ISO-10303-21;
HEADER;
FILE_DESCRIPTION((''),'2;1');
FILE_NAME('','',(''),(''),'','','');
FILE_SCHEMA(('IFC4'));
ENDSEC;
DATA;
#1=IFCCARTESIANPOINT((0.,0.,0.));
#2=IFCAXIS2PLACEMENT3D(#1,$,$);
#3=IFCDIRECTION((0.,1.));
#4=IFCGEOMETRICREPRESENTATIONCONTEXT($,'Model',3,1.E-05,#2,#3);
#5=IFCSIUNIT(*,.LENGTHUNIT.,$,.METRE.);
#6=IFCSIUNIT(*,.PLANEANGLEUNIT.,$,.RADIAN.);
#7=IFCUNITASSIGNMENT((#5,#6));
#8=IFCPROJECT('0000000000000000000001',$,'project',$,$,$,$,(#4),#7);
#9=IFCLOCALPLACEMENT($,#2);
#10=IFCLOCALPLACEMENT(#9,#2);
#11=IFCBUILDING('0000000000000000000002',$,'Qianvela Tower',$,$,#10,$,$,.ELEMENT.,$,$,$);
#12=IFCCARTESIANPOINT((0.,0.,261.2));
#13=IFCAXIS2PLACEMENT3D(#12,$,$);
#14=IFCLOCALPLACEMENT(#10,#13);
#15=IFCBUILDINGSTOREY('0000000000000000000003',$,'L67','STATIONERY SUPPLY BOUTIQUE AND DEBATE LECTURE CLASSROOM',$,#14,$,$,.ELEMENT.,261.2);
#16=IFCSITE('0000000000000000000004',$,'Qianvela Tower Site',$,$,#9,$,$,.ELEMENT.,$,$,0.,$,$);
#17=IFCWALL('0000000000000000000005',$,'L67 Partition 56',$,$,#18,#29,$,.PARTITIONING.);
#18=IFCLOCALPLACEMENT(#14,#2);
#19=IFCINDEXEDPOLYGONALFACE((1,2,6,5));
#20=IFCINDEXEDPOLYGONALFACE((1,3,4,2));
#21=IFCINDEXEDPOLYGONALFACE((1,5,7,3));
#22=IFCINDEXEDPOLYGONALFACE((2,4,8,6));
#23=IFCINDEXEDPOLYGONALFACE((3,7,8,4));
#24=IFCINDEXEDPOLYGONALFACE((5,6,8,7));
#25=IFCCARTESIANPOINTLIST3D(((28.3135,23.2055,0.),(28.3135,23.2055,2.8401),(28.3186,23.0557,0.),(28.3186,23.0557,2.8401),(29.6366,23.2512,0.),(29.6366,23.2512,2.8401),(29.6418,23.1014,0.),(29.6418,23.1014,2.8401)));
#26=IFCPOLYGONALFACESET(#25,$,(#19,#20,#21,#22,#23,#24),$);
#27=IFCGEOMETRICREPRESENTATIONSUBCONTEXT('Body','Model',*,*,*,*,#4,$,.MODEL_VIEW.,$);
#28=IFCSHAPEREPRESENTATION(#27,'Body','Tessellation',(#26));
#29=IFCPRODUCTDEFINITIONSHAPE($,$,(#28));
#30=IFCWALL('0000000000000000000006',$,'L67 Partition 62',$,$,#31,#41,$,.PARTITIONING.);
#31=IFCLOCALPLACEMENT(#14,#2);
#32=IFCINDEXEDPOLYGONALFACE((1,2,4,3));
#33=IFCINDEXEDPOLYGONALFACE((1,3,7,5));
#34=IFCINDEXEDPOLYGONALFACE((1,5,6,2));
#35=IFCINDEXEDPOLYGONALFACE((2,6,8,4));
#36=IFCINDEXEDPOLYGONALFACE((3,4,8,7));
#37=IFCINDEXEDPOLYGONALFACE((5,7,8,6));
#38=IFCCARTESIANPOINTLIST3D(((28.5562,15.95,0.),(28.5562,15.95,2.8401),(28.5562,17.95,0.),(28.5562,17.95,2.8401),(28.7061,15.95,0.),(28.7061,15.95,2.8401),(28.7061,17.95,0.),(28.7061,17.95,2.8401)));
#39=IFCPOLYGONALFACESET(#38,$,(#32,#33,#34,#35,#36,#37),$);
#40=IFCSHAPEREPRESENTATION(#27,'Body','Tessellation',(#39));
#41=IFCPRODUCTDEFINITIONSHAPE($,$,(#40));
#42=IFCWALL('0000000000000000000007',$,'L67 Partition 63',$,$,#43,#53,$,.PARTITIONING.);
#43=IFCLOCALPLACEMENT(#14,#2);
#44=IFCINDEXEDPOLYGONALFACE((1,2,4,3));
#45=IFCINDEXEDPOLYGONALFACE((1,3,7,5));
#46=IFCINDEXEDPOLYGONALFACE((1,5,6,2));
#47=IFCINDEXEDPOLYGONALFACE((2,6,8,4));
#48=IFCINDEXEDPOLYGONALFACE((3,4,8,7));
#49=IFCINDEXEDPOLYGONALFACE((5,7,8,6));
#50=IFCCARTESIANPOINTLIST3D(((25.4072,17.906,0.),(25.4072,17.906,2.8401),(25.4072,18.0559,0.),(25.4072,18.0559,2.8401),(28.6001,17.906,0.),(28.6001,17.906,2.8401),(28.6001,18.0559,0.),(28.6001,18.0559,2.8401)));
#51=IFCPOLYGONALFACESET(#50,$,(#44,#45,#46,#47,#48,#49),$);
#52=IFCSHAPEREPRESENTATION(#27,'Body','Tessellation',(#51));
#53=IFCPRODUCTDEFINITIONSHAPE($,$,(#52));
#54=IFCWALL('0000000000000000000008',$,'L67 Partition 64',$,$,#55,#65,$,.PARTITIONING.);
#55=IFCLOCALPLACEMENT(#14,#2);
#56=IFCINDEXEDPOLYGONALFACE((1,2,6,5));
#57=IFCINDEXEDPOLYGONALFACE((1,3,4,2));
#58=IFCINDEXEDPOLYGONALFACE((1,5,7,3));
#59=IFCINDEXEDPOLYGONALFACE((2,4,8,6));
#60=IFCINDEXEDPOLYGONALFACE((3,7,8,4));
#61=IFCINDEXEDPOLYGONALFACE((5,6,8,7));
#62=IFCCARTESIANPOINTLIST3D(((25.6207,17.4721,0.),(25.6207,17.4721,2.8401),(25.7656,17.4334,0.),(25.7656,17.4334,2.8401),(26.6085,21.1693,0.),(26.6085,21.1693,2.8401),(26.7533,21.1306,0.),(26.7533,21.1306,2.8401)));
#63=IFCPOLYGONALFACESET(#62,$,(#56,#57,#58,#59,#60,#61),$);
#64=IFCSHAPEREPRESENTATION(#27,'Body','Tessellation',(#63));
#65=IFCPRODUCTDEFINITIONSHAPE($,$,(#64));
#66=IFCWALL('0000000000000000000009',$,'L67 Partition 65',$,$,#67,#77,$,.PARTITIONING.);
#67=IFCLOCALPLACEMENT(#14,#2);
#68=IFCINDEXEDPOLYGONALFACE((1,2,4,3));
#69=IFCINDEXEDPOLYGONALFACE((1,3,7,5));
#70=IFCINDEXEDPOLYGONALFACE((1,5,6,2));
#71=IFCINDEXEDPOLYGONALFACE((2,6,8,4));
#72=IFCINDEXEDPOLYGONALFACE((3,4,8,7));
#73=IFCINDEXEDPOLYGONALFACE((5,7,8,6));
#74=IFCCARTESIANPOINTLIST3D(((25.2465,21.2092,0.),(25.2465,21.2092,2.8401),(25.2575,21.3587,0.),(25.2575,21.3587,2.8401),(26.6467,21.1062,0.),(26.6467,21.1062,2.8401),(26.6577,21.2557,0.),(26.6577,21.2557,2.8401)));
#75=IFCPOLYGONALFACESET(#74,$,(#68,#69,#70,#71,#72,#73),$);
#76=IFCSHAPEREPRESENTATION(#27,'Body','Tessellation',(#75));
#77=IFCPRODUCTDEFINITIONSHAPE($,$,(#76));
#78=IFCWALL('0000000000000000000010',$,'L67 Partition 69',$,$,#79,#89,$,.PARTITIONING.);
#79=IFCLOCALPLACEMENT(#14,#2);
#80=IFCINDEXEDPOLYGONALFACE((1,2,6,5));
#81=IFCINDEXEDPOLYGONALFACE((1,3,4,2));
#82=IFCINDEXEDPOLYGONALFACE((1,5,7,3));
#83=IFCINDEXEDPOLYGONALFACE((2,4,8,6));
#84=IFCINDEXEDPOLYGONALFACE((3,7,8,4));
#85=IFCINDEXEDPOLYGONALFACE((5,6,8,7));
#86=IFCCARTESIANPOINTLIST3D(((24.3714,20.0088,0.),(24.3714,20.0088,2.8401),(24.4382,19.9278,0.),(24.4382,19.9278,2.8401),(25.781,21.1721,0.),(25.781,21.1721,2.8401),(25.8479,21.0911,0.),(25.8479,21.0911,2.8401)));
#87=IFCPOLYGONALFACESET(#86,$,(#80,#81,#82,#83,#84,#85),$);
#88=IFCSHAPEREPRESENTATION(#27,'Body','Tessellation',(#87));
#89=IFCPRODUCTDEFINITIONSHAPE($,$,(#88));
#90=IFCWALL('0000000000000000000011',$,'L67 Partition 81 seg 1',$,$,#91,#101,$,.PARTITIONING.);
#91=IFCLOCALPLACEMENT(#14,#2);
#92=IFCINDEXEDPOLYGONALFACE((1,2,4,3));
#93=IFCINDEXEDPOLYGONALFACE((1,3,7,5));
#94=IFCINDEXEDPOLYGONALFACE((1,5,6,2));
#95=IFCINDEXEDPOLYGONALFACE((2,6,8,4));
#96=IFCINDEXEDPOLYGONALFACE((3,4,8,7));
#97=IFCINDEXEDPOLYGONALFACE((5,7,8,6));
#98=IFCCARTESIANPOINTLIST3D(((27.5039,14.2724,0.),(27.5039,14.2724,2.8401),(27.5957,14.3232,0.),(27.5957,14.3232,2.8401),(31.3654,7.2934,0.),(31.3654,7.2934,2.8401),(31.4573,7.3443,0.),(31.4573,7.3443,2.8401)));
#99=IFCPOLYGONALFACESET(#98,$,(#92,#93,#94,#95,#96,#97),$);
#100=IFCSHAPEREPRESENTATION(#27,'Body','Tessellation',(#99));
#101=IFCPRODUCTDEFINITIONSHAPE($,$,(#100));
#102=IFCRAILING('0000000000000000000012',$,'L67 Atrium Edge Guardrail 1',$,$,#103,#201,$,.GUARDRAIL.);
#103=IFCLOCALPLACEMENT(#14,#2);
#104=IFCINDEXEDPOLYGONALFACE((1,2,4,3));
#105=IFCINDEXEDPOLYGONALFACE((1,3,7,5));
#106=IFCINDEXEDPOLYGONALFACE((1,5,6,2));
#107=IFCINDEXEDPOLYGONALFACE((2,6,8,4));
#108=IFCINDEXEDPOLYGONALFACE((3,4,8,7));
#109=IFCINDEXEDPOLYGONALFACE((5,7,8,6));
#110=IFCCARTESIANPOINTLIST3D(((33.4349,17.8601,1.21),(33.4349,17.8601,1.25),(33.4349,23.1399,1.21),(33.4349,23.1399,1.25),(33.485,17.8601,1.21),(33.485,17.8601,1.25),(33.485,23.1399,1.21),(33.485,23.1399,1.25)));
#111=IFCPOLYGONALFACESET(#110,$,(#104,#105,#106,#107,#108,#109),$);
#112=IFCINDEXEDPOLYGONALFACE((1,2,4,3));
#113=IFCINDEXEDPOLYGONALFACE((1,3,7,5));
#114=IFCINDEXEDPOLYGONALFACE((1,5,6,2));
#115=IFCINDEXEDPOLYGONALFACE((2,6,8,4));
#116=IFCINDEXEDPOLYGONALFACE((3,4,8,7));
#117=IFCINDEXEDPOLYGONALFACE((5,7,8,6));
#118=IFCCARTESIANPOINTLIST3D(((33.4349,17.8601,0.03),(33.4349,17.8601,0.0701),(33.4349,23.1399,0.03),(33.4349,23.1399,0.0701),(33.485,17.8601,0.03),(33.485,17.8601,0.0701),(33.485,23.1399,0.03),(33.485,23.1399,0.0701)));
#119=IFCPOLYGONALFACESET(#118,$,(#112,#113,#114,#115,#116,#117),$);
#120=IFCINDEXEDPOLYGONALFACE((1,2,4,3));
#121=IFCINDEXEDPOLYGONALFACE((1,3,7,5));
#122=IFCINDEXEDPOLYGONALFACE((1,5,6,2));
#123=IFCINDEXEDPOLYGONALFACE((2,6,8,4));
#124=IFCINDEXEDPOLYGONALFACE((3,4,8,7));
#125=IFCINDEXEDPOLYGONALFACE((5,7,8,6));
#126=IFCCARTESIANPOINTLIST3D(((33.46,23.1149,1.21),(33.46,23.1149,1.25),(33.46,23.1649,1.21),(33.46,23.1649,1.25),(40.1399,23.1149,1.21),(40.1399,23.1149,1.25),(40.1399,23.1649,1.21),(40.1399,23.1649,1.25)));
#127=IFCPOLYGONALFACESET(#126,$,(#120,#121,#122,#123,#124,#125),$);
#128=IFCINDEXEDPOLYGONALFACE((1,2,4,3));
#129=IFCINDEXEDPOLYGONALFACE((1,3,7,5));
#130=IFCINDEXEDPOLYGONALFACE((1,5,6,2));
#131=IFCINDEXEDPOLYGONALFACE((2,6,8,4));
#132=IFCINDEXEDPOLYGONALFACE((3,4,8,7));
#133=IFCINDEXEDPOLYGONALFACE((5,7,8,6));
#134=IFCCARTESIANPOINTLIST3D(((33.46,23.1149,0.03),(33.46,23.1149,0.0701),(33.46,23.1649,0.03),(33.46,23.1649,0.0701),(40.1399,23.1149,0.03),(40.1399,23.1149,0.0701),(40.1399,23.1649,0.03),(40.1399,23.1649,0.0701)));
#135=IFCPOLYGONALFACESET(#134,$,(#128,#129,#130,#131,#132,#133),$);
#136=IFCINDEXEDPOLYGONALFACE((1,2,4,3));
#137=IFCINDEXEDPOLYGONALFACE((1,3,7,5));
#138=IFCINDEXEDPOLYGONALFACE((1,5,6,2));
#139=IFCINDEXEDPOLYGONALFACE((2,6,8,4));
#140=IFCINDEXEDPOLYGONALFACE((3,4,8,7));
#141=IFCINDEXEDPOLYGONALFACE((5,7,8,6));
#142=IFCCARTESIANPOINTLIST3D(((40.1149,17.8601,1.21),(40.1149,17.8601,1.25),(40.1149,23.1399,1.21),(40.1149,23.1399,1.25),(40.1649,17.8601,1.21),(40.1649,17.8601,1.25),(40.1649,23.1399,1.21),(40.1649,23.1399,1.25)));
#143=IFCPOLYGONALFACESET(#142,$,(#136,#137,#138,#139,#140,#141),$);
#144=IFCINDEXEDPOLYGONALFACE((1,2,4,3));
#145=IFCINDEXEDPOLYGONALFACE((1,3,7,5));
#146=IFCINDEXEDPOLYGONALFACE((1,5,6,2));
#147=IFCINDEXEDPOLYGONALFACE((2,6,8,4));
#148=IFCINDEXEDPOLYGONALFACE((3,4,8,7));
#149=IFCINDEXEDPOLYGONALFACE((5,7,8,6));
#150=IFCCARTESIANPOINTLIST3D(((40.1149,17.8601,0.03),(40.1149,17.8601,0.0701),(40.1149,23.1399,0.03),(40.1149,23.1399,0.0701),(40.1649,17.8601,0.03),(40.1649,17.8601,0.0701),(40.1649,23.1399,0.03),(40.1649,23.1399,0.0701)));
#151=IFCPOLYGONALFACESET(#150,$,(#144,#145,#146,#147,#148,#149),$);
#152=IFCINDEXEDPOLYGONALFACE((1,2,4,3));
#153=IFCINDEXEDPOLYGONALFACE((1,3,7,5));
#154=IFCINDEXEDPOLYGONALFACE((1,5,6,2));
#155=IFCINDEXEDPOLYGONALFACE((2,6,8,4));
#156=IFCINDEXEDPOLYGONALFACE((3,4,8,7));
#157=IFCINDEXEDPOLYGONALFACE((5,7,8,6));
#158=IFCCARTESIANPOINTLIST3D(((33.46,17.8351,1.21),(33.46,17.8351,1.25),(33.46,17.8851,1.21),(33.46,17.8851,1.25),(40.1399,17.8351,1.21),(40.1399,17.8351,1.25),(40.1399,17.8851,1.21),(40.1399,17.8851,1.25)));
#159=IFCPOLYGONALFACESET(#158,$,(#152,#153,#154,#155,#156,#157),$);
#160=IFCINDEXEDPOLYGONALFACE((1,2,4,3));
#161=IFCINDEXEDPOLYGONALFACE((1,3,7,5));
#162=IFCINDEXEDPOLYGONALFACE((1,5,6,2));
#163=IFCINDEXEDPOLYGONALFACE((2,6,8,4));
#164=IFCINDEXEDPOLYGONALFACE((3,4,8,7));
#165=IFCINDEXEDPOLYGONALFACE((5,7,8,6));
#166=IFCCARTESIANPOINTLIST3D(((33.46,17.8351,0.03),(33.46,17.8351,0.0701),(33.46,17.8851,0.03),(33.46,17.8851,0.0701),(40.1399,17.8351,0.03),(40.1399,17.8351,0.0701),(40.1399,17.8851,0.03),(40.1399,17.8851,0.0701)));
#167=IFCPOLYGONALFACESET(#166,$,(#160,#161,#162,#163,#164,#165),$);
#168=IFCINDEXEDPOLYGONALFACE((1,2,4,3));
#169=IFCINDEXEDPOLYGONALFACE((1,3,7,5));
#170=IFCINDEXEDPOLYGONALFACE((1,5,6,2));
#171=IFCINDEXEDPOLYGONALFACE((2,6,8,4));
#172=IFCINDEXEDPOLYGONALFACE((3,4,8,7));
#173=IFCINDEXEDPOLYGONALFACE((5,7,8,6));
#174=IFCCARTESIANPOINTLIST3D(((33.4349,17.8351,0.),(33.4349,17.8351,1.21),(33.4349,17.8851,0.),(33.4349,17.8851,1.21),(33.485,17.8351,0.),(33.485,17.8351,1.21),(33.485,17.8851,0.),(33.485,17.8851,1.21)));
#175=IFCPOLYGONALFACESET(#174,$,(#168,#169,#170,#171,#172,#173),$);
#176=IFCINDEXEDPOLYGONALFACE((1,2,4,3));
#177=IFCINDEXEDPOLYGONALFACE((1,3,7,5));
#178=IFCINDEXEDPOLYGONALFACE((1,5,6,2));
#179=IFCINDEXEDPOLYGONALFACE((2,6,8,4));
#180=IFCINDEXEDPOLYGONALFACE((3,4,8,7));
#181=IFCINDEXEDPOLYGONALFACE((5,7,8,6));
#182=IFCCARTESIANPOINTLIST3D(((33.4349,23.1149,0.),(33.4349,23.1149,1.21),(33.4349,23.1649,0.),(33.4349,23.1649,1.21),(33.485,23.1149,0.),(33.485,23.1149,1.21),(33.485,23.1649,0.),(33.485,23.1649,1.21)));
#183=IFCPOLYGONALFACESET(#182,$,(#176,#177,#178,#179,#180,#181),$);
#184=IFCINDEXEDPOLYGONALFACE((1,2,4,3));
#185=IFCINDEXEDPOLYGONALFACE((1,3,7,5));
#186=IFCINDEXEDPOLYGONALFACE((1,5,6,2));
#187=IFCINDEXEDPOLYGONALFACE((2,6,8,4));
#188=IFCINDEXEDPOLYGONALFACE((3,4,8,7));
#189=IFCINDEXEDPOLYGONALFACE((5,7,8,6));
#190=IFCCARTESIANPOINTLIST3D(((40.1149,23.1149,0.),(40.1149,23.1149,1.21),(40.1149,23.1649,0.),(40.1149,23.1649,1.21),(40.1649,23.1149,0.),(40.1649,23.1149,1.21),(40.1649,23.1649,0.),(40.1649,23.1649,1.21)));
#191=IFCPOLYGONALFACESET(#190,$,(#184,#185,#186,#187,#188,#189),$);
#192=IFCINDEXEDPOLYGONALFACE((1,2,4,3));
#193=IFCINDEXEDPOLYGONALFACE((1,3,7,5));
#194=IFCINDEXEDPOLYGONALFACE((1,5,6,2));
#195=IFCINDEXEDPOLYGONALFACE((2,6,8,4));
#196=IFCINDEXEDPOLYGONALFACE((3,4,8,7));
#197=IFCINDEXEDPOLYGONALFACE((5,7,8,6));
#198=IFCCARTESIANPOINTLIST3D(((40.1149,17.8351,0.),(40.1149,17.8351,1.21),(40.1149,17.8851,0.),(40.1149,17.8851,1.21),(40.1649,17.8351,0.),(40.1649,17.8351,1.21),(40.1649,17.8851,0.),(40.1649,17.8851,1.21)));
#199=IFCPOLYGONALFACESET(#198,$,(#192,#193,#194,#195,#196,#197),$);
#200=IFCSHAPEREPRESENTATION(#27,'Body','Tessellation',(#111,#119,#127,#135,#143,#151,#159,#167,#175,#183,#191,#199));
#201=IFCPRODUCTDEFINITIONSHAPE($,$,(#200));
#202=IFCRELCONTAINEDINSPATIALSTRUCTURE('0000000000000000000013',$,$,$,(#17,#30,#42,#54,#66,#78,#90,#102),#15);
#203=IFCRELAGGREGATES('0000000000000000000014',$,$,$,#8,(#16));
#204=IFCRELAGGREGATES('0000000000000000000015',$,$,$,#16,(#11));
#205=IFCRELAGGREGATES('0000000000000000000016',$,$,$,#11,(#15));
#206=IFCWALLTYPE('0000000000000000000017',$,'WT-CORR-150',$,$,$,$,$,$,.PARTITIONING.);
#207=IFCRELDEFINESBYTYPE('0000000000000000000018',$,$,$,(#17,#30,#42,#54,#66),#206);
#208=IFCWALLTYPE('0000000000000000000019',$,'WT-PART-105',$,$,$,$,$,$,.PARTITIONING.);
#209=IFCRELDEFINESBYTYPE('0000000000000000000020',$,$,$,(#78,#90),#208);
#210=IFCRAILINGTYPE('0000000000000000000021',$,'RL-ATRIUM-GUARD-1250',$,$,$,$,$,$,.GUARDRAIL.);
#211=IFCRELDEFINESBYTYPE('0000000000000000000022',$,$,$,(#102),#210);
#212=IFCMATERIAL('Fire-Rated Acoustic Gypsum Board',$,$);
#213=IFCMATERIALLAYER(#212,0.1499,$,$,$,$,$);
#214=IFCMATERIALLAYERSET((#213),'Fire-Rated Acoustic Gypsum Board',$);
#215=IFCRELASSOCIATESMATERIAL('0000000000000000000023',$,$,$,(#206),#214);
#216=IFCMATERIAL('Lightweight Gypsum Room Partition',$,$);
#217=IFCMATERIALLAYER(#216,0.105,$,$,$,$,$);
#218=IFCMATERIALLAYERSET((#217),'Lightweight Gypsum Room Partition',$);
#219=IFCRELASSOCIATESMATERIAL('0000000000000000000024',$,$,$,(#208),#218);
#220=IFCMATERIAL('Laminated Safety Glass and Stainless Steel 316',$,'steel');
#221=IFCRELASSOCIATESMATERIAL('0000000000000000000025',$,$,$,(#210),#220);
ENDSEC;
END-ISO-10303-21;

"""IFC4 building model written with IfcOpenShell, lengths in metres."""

from ifc_helpers import new_model, si_unit, direction, frame, frame_2d, origin, origin_2d, place, context, subcontext, project, spatial, rectangle, extrude, material, layer, layer_set, type_object, element, save


model = new_model("IFC4")

# Units and contexts
model_context = context("Model", 3, precision=1e-05, world=origin(), true_north=direction((0.0, 1.0)))
body_context = subcontext(model_context, "Body", "Model", "MODEL_VIEW")
ifc_project = project(units=[si_unit("LENGTHUNIT", "METRE"), si_unit("PLANEANGLEUNIT", "RADIAN")], contexts=[model_context])

# Site, building, storey
site_placement = place(None, origin())
site = spatial("IfcSite", under=ifc_project, at=site_placement, Name="Qianvela Tower Site", CompositionType="ELEMENT", RefElevation=0.0)
building_placement = place(site_placement, origin())
building = spatial("IfcBuilding", under=site, at=building_placement, Name="Qianvela Tower", CompositionType="ELEMENT")
storey_placement = place(building_placement, frame((0.0, 0.0, 261.2)))
storey = spatial("IfcBuildingStorey", under=building, at=storey_placement, Name="L67", Description="STATIONERY SUPPLY BOUTIQUE AND DEBATE LECTURE CLASSROOM", CompositionType="ELEMENT", Elevation=261.2)

# Shared definitions
ifc_material_1 = material(Name="Fire-Rated Acoustic Gypsum Board")
ifc_layer_1 = layer(ifc_material_1, 0.1499)
ifc_layer_set_1 = layer_set([ifc_layer_1], Name="Fire-Rated Acoustic Gypsum Board")
wall_type_1 = type_object("IfcWallType", Name="WT-CORR-150", PredefinedType="PARTITIONING", material=ifc_layer_set_1)

# Walls
wall_1_placement = place(storey_placement, frame((28.3159, 23.1306, 0.0), z_axis=(0.0, 0.0, 1.0), x_axis=(0.999405, 0.034481, 0.0)))
element("IfcWall", 1, at=wall_1_placement, inside=storey, type_object=wall_type_1, Name="L67 Partition 56", PredefinedType="PARTITIONING", context=body_context, shape_type="SweptSolid", body=[
    extrude(rectangle(XDim=1.324, YDim=0.1499, at=frame_2d((0.6621, 0.0))), origin(), (0.0, 0.0, 1.0), 2.8401),
])
wall_2_placement = place(storey_placement, frame((28.6311, 15.95, 0.0), z_axis=(0.0, 0.0, 1.0), x_axis=(0.0, 1.0, 0.0)))
element("IfcWall", 2, at=wall_2_placement, inside=storey, type_object=wall_type_1, Name="L67 Partition 62", PredefinedType="PARTITIONING", context=body_context, shape_type="SweptSolid", body=[
    extrude(rectangle(XDim=2.0, YDim=0.1499, at=frame_2d((1.0, 0.0))), origin(), (0.0, 0.0, 1.0), 2.8401),
])
wall_3_placement = place(storey_placement, frame((28.6001, 17.981, 0.0), z_axis=(0.0, 0.0, 1.0), x_axis=(-1.0, 0.0, 0.0)))
element("IfcWall", 3, at=wall_3_placement, inside=storey, type_object=wall_type_1, Name="L67 Partition 63", PredefinedType="PARTITIONING", context=body_context, shape_type="SweptSolid", body=[
    extrude(rectangle(XDim=3.1929, YDim=0.1499, at=frame_2d((1.5964, 0.0))), origin(), (0.0, 0.0, 1.0), 2.8401),
])
wall_4_placement = place(storey_placement, frame((25.6931, 17.4526, 0.0), z_axis=(0.0, 0.0, 1.0), x_axis=(0.258115, 0.966114, 0.0)))
element("IfcWall", 4, at=wall_4_placement, inside=storey, type_object=wall_type_1, Name="L67 Partition 64", PredefinedType="PARTITIONING", context=body_context, shape_type="SweptSolid", body=[
    extrude(rectangle(XDim=3.8269, YDim=0.1499, at=frame_2d((1.9136, 0.0))), origin(), (0.0, 0.0, 1.0), 2.8401),
])
wall_5_placement = place(storey_placement, frame((26.6523, 21.1809, 0.0), z_axis=(0.0, 0.0, 1.0), x_axis=(-0.997304, 0.073385, 0.0)))
element("IfcWall", 5, at=wall_5_placement, inside=storey, type_object=wall_type_1, Name="L67 Partition 65", PredefinedType="PARTITIONING", context=body_context, shape_type="SweptSolid", body=[
    extrude(rectangle(XDim=1.4041, YDim=0.1499, at=frame_2d((0.7021, 0.0))), origin(), (0.0, 0.0, 1.0), 2.8401),
])
ifc_material_2 = material(Name="Lightweight Gypsum Room Partition")
ifc_layer_2 = layer(ifc_material_2, 0.105)
ifc_layer_set_2 = layer_set([ifc_layer_2], Name="Lightweight Gypsum Room Partition")
wall_type_2 = type_object("IfcWallType", Name="WT-PART-105", PredefinedType="PARTITIONING", material=ifc_layer_set_2)
wall_6_placement = place(storey_placement, frame((25.8145, 21.1316, 0.0), z_axis=(0.0, 0.0, 1.0), x_axis=(-0.771278, -0.636498, 0.0)))
element("IfcWall", 6, at=wall_6_placement, inside=storey, type_object=wall_type_2, Name="L67 Partition 69", PredefinedType="PARTITIONING", context=body_context, shape_type="SweptSolid", body=[
    extrude(rectangle(XDim=1.8276, YDim=0.105, at=frame_2d((0.9138, 0.0))), origin(), (0.0, 0.0, 1.0), 2.8401),
])
wall_7_placement = place(storey_placement, frame((31.4114, 7.3188, 0.0), z_axis=(0.0, 0.0, 1.0), x_axis=(-0.484143, 0.874989, 0.0)))
element("IfcWall", 7, at=wall_7_placement, inside=storey, type_object=wall_type_2, Name="L67 Partition 81 seg 1", PredefinedType="PARTITIONING", context=body_context, shape_type="SweptSolid", body=[
    extrude(rectangle(XDim=7.9761, YDim=0.105, at=frame_2d((3.988, 0.0))), origin(), (0.0, 0.0, 1.0), 2.8401),
])

# Railing
ifc_material_3 = material(Name="Laminated Safety Glass and Stainless Steel 316", Category="steel")
railing_type = type_object("IfcRailingType", Name="RL-ATRIUM-GUARD-1250", PredefinedType="GUARDRAIL", material=ifc_material_3)
railing_placement = place(storey_placement, frame((33.46, 17.8601, 0.0)))
element("IfcRailing", 8, at=railing_placement, inside=storey, type_object=railing_type, Name="L67 Atrium Edge Guardrail 1", PredefinedType="GUARDRAIL", context=body_context, shape_type="SweptSolid", body=[
    extrude(rectangle(XDim=0.05, YDim=0.04, at=origin_2d()), frame((0.0, 0.0, 1.23), z_axis=(0.0, 1.0, 0.0), x_axis=(-1.0, 0.0, 0.0)), (0.0, 0.0, 1.0), 5.2798),
    extrude(rectangle(XDim=0.05, YDim=0.04, at=origin_2d()), frame((0.0, 0.0, 0.05), z_axis=(0.0, 1.0, 0.0), x_axis=(-1.0, 0.0, 0.0)), (0.0, 0.0, 1.0), 5.2798),
    extrude(rectangle(XDim=0.05, YDim=0.04, at=origin_2d()), frame((0.0, 5.2798, 1.23), z_axis=(1.0, 0.0, 0.0), x_axis=(0.0, 1.0, 0.0)), (0.0, 0.0, 1.0), 6.6799),
    extrude(rectangle(XDim=0.05, YDim=0.04, at=origin_2d()), frame((0.0, 5.2798, 0.05), z_axis=(1.0, 0.0, 0.0), x_axis=(0.0, 1.0, 0.0)), (0.0, 0.0, 1.0), 6.6799),
    extrude(rectangle(XDim=0.05, YDim=0.04, at=origin_2d()), frame((6.6799, 5.2798, 1.23), z_axis=(0.0, -1.0, 0.0), x_axis=(1.0, 0.0, 0.0)), (0.0, 0.0, 1.0), 5.2798),
    extrude(rectangle(XDim=0.05, YDim=0.04, at=origin_2d()), frame((6.6799, 5.2798, 0.05), z_axis=(0.0, -1.0, 0.0), x_axis=(1.0, 0.0, 0.0)), (0.0, 0.0, 1.0), 5.2798),
    extrude(rectangle(XDim=0.05, YDim=0.04, at=origin_2d()), frame((6.6799, 0.0, 1.23), z_axis=(-1.0, 0.0, 0.0), x_axis=(0.0, -1.0, 0.0)), (0.0, 0.0, 1.0), 6.6799),
    extrude(rectangle(XDim=0.05, YDim=0.04, at=origin_2d()), frame((6.6799, 0.0, 0.05), z_axis=(-1.0, 0.0, 0.0), x_axis=(0.0, -1.0, 0.0)), (0.0, 0.0, 1.0), 6.6799),
    extrude(rectangle(XDim=0.05, YDim=0.05, at=origin_2d()), origin(), (0.0, 0.0, 1.0), 1.21),
    extrude(rectangle(XDim=0.05, YDim=0.05, at=origin_2d()), frame((0.0, 5.2798, 0.0)), (0.0, 0.0, 1.0), 1.21),
    extrude(rectangle(XDim=0.05, YDim=0.05, at=origin_2d()), frame((6.6799, 5.2798, 0.0)), (0.0, 0.0, 1.0), 1.21),
    extrude(rectangle(XDim=0.05, YDim=0.05, at=origin_2d()), frame((6.6799, 0.0, 0.0)), (0.0, 0.0, 1.0), 1.21),
])

save(model, "model.ifc")
